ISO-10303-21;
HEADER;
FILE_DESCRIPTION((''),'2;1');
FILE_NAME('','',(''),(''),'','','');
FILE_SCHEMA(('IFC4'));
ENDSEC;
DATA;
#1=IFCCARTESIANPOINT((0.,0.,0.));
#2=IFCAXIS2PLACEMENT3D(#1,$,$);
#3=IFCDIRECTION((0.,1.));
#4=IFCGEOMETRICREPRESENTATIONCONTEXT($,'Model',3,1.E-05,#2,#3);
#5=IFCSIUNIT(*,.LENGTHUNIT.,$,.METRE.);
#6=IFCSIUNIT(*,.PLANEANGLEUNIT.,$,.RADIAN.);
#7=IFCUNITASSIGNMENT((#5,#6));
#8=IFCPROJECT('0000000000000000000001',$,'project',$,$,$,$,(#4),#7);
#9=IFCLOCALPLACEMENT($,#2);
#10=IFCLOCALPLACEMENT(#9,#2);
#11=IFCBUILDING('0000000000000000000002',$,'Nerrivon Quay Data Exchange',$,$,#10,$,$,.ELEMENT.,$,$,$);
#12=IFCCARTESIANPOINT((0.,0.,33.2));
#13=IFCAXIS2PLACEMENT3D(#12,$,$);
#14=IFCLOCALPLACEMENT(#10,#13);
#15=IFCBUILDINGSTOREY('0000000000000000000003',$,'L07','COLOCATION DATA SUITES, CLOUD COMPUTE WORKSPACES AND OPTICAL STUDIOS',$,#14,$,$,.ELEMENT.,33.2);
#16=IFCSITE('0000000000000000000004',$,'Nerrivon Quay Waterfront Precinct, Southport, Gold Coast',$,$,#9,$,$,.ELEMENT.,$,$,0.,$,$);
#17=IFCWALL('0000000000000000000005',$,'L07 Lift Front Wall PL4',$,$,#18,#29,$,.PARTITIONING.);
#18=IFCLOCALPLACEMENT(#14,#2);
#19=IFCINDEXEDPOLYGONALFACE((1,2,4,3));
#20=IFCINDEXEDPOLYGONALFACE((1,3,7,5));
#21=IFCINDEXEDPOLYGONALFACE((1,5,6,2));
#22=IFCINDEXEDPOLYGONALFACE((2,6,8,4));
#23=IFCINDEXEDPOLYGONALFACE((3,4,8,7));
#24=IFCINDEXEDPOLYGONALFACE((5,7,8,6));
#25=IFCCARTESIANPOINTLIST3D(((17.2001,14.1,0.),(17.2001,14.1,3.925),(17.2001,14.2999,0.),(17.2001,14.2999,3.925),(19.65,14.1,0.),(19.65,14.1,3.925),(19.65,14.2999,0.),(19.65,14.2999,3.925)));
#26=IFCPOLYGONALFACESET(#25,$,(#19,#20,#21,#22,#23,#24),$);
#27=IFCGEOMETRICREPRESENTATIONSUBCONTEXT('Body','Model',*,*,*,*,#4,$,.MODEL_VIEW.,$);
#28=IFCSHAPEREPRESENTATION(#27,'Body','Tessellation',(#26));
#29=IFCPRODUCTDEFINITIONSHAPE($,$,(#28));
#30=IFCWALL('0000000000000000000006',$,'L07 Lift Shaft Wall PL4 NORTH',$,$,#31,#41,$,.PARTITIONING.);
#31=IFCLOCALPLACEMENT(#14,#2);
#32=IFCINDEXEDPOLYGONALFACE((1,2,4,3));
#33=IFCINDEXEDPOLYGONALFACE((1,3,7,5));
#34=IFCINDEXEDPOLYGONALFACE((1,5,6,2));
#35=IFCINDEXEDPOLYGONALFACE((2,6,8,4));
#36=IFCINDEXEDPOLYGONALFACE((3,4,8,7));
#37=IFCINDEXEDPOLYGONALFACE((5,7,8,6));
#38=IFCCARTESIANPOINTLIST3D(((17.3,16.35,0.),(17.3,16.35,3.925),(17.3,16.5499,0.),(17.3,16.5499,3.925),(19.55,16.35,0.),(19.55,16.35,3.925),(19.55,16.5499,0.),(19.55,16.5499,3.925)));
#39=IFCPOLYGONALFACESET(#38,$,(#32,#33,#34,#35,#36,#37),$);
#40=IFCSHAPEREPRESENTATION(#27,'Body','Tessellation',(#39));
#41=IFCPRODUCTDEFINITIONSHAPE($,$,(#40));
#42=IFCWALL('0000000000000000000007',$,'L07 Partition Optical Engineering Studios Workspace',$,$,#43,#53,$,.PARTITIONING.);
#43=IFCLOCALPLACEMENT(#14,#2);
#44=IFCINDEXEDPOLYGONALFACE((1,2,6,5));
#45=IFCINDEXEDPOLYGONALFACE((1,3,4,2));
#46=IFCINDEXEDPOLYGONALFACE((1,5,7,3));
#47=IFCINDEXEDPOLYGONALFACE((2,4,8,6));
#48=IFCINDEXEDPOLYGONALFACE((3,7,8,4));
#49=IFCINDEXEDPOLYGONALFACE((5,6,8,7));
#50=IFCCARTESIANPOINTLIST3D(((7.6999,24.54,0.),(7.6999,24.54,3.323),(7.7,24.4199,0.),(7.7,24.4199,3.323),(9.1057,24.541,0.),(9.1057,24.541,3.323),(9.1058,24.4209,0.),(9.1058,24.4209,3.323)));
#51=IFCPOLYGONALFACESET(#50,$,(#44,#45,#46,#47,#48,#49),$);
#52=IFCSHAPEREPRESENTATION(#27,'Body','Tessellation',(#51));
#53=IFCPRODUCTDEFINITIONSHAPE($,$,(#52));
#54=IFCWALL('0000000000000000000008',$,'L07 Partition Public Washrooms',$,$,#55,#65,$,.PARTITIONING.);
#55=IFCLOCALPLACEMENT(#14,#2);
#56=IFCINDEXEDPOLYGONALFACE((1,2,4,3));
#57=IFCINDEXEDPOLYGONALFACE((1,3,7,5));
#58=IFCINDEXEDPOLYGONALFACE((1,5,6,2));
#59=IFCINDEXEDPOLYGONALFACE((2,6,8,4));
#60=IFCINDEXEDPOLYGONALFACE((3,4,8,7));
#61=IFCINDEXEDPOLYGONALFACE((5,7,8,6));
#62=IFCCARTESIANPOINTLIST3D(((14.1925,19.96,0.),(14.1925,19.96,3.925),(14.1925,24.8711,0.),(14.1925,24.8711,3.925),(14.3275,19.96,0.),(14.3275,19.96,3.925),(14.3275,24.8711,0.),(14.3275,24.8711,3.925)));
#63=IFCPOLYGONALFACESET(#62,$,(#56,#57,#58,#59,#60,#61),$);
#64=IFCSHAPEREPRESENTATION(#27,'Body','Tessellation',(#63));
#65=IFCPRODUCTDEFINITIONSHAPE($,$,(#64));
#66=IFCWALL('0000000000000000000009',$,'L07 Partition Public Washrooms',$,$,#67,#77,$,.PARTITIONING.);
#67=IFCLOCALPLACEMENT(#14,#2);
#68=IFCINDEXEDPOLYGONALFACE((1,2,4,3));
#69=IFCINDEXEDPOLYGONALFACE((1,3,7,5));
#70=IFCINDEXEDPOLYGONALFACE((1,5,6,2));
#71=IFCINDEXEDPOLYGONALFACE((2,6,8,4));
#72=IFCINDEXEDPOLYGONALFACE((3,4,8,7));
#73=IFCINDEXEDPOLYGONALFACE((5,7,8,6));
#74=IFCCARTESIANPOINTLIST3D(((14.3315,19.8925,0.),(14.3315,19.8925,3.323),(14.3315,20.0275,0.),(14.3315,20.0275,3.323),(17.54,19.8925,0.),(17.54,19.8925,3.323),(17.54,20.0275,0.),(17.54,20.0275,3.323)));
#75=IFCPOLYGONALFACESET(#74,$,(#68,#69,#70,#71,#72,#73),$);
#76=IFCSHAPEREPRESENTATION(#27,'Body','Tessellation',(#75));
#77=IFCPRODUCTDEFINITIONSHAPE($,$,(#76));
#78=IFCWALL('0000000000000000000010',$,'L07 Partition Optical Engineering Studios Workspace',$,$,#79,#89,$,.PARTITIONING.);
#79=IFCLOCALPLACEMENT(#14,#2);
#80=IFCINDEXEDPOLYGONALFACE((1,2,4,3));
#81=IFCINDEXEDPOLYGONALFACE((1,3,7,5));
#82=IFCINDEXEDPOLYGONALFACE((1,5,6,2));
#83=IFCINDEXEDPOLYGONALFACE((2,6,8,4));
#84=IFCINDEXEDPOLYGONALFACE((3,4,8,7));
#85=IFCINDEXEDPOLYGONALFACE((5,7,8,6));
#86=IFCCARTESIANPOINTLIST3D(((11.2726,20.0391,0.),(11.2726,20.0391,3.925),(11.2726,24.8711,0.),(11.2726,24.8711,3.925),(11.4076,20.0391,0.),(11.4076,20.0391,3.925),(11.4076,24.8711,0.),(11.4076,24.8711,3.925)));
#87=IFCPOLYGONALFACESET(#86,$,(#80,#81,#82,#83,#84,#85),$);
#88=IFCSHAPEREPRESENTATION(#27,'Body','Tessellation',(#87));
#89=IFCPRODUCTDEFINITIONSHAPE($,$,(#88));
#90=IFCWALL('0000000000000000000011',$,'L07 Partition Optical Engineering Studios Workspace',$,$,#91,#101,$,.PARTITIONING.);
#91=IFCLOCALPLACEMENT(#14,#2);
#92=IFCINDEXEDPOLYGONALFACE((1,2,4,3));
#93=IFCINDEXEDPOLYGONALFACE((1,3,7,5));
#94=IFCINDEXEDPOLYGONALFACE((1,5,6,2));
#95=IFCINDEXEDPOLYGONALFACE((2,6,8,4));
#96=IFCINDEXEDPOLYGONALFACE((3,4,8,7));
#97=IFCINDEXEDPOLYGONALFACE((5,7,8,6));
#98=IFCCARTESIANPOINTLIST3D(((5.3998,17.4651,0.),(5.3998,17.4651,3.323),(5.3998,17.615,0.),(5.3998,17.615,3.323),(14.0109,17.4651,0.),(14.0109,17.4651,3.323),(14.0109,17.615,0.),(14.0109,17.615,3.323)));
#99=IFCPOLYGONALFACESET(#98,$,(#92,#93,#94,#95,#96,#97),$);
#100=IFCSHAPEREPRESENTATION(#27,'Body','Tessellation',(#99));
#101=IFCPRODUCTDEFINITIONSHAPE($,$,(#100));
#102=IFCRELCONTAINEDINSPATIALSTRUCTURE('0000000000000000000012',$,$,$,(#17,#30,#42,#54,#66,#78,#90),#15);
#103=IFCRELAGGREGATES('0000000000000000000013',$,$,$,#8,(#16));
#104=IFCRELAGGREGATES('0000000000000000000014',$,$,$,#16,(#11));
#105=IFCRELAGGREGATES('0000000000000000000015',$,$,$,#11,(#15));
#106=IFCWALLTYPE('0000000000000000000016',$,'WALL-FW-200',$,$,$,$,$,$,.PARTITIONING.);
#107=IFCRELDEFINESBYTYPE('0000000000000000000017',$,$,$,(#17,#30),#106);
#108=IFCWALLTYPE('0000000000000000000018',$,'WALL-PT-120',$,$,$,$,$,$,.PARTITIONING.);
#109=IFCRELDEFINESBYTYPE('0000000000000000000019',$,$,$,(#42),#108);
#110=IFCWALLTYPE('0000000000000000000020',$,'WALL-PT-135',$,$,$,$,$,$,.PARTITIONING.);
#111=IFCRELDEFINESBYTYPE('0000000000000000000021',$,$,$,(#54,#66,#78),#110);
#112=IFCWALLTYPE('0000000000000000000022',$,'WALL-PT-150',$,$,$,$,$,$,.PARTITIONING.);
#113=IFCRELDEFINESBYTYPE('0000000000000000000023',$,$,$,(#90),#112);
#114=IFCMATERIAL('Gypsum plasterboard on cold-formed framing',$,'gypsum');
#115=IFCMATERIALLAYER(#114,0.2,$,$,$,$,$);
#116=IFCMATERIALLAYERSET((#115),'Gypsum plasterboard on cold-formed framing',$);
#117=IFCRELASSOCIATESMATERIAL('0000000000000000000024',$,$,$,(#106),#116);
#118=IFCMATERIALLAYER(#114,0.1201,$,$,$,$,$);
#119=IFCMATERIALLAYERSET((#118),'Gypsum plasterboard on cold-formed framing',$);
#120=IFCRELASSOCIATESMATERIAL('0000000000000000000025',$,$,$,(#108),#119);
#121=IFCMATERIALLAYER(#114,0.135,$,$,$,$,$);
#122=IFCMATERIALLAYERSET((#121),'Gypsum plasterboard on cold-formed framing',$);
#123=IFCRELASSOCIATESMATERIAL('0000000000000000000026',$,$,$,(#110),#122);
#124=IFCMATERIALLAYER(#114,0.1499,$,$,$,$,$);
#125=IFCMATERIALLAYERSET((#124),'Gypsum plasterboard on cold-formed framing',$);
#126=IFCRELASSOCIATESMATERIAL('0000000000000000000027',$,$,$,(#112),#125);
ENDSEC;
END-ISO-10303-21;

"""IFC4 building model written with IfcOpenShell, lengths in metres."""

from ifc_helpers import new_model, si_unit, direction, frame, frame_2d, origin, place, context, subcontext, project, spatial, rectangle, extrude, material, layer, layer_set, type_object, element, save


model = new_model("IFC4")

# Units and contexts
model_context = context("Model", 3, precision=1e-05, world=origin(), true_north=direction((0.0, 1.0)))
body_context = subcontext(model_context, "Body", "Model", "MODEL_VIEW")
ifc_project = project(units=[si_unit("LENGTHUNIT", "METRE"), si_unit("PLANEANGLEUNIT", "RADIAN")], contexts=[model_context])

# Site, building, storey
site_placement = place(None, origin())
site = spatial("IfcSite", under=ifc_project, at=site_placement, Name="Nerrivon Quay Waterfront Precinct, Southport, Gold Coast", CompositionType="ELEMENT", RefElevation=0.0)
building_placement = place(site_placement, origin())
building = spatial("IfcBuilding", under=site, at=building_placement, Name="Nerrivon Quay Data Exchange", CompositionType="ELEMENT")
storey_placement = place(building_placement, frame((0.0, 0.0, 33.2)))
storey = spatial("IfcBuildingStorey", under=building, at=storey_placement, Name="L07", Description="COLOCATION DATA SUITES, CLOUD COMPUTE WORKSPACES AND OPTICAL STUDIOS", CompositionType="ELEMENT", Elevation=33.2)

# Walls
ifc_material_1 = material(Name="Gypsum plasterboard on cold-formed framing", Category="gypsum")
ifc_layer_1 = layer(ifc_material_1, 0.2)
ifc_layer_set_1 = layer_set([ifc_layer_1], Name="Gypsum plasterboard on cold-formed framing")
wall_type_1 = type_object("IfcWallType", Name="WALL-FW-200", PredefinedType="PARTITIONING", material=ifc_layer_set_1)
wall_1_placement = place(storey_placement, frame((17.2, 14.2, 0.0), z_axis=(0.0, 0.0, 1.0), x_axis=(1.0, 0.0, 0.0)))
element("IfcWall", 1, at=wall_1_placement, inside=storey, type_object=wall_type_1, Name="L07 Lift Front Wall PL4", PredefinedType="PARTITIONING", context=body_context, shape_type="SweptSolid", body=[
    extrude(rectangle(XDim=2.45, YDim=0.2, at=frame_2d((1.2251, 0.0))), origin(), (0.0, 0.0, 1.0), 3.925),
])
wall_2_placement = place(storey_placement, frame((17.3, 16.45, 0.0), z_axis=(0.0, 0.0, 1.0), x_axis=(1.0, 0.0, 0.0)))
element("IfcWall", 2, at=wall_2_placement, inside=storey, type_object=wall_type_1, Name="L07 Lift Shaft Wall PL4 NORTH", PredefinedType="PARTITIONING", context=body_context, shape_type="SweptSolid", body=[
    extrude(rectangle(XDim=2.25, YDim=0.2, at=frame_2d((1.125, 0.0))), origin(), (0.0, 0.0, 1.0), 3.925),
])
ifc_layer_2 = layer(ifc_material_1, 0.1201)
ifc_layer_set_2 = layer_set([ifc_layer_2], Name="Gypsum plasterboard on cold-formed framing")
wall_type_2 = type_object("IfcWallType", Name="WALL-PT-120", PredefinedType="PARTITIONING", material=ifc_layer_set_2)
wall_3_placement = place(storey_placement, frame((9.1057, 24.481, 0.0), z_axis=(0.0, 0.0, 1.0), x_axis=(-1.0, -0.000695, 0.0)))
element("IfcWall", 3, at=wall_3_placement, inside=storey, type_object=wall_type_2, Name="L07 Partition Optical Engineering Studios Workspace", PredefinedType="PARTITIONING", context=body_context, shape_type="SweptSolid", body=[
    extrude(rectangle(XDim=1.4058, YDim=0.1201, at=frame_2d((0.7029, 0.0))), origin(), (0.0, 0.0, 1.0), 3.323),
])
ifc_layer_3 = layer(ifc_material_1, 0.135)
ifc_layer_set_3 = layer_set([ifc_layer_3], Name="Gypsum plasterboard on cold-formed framing")
wall_type_3 = type_object("IfcWallType", Name="WALL-PT-135", PredefinedType="PARTITIONING", material=ifc_layer_set_3)
wall_4_placement = place(storey_placement, frame((14.26, 24.8711, 0.0), z_axis=(0.0, 0.0, 1.0), x_axis=(0.0, -1.0, 0.0)))
element("IfcWall", 4, at=wall_4_placement, inside=storey, type_object=wall_type_3, Name="L07 Partition Public Washrooms", PredefinedType="PARTITIONING", context=body_context, shape_type="SweptSolid", body=[
    extrude(rectangle(XDim=4.9111, YDim=0.135, at=frame_2d((2.4556, 0.0))), origin(), (0.0, 0.0, 1.0), 3.925),
])
wall_5_placement = place(storey_placement, frame((14.3315, 19.96, 0.0), z_axis=(0.0, 0.0, 1.0), x_axis=(1.0, 0.0, 0.0)))
element("IfcWall", 5, at=wall_5_placement, inside=storey, type_object=wall_type_3, Name="L07 Partition Public Washrooms", PredefinedType="PARTITIONING", context=body_context, shape_type="SweptSolid", body=[
    extrude(rectangle(XDim=3.2085, YDim=0.135, at=frame_2d((1.6042, 0.0))), origin(), (0.0, 0.0, 1.0), 3.323),
])
wall_6_placement = place(storey_placement, frame((11.3401, 20.0391, 0.0), z_axis=(0.0, 0.0, 1.0), x_axis=(0.0, 1.0, 0.0)))
element("IfcWall", 6, at=wall_6_placement, inside=storey, type_object=wall_type_3, Name="L07 Partition Optical Engineering Studios Workspace", PredefinedType="PARTITIONING", context=body_context, shape_type="SweptSolid", body=[
    extrude(rectangle(XDim=4.832, YDim=0.135, at=frame_2d((2.416, 0.0))), origin(), (0.0, 0.0, 1.0), 3.925),
])
ifc_layer_4 = layer(ifc_material_1, 0.1499)
ifc_layer_set_4 = layer_set([ifc_layer_4], Name="Gypsum plasterboard on cold-formed framing")
wall_type_4 = type_object("IfcWallType", Name="WALL-PT-150", PredefinedType="PARTITIONING", material=ifc_layer_set_4)
wall_7_placement = place(storey_placement, frame((14.011, 17.54, 0.0), z_axis=(0.0, 0.0, 1.0), x_axis=(-1.0, 0.0, 0.0)))
element("IfcWall", 7, at=wall_7_placement, inside=storey, type_object=wall_type_4, Name="L07 Partition Optical Engineering Studios Workspace", PredefinedType="PARTITIONING", context=body_context, shape_type="SweptSolid", body=[
    extrude(rectangle(XDim=8.6111, YDim=0.1499, at=frame_2d((4.3057, 0.0))), origin(), (0.0, 0.0, 1.0), 3.323),
])

save(model, "model.ifc")
